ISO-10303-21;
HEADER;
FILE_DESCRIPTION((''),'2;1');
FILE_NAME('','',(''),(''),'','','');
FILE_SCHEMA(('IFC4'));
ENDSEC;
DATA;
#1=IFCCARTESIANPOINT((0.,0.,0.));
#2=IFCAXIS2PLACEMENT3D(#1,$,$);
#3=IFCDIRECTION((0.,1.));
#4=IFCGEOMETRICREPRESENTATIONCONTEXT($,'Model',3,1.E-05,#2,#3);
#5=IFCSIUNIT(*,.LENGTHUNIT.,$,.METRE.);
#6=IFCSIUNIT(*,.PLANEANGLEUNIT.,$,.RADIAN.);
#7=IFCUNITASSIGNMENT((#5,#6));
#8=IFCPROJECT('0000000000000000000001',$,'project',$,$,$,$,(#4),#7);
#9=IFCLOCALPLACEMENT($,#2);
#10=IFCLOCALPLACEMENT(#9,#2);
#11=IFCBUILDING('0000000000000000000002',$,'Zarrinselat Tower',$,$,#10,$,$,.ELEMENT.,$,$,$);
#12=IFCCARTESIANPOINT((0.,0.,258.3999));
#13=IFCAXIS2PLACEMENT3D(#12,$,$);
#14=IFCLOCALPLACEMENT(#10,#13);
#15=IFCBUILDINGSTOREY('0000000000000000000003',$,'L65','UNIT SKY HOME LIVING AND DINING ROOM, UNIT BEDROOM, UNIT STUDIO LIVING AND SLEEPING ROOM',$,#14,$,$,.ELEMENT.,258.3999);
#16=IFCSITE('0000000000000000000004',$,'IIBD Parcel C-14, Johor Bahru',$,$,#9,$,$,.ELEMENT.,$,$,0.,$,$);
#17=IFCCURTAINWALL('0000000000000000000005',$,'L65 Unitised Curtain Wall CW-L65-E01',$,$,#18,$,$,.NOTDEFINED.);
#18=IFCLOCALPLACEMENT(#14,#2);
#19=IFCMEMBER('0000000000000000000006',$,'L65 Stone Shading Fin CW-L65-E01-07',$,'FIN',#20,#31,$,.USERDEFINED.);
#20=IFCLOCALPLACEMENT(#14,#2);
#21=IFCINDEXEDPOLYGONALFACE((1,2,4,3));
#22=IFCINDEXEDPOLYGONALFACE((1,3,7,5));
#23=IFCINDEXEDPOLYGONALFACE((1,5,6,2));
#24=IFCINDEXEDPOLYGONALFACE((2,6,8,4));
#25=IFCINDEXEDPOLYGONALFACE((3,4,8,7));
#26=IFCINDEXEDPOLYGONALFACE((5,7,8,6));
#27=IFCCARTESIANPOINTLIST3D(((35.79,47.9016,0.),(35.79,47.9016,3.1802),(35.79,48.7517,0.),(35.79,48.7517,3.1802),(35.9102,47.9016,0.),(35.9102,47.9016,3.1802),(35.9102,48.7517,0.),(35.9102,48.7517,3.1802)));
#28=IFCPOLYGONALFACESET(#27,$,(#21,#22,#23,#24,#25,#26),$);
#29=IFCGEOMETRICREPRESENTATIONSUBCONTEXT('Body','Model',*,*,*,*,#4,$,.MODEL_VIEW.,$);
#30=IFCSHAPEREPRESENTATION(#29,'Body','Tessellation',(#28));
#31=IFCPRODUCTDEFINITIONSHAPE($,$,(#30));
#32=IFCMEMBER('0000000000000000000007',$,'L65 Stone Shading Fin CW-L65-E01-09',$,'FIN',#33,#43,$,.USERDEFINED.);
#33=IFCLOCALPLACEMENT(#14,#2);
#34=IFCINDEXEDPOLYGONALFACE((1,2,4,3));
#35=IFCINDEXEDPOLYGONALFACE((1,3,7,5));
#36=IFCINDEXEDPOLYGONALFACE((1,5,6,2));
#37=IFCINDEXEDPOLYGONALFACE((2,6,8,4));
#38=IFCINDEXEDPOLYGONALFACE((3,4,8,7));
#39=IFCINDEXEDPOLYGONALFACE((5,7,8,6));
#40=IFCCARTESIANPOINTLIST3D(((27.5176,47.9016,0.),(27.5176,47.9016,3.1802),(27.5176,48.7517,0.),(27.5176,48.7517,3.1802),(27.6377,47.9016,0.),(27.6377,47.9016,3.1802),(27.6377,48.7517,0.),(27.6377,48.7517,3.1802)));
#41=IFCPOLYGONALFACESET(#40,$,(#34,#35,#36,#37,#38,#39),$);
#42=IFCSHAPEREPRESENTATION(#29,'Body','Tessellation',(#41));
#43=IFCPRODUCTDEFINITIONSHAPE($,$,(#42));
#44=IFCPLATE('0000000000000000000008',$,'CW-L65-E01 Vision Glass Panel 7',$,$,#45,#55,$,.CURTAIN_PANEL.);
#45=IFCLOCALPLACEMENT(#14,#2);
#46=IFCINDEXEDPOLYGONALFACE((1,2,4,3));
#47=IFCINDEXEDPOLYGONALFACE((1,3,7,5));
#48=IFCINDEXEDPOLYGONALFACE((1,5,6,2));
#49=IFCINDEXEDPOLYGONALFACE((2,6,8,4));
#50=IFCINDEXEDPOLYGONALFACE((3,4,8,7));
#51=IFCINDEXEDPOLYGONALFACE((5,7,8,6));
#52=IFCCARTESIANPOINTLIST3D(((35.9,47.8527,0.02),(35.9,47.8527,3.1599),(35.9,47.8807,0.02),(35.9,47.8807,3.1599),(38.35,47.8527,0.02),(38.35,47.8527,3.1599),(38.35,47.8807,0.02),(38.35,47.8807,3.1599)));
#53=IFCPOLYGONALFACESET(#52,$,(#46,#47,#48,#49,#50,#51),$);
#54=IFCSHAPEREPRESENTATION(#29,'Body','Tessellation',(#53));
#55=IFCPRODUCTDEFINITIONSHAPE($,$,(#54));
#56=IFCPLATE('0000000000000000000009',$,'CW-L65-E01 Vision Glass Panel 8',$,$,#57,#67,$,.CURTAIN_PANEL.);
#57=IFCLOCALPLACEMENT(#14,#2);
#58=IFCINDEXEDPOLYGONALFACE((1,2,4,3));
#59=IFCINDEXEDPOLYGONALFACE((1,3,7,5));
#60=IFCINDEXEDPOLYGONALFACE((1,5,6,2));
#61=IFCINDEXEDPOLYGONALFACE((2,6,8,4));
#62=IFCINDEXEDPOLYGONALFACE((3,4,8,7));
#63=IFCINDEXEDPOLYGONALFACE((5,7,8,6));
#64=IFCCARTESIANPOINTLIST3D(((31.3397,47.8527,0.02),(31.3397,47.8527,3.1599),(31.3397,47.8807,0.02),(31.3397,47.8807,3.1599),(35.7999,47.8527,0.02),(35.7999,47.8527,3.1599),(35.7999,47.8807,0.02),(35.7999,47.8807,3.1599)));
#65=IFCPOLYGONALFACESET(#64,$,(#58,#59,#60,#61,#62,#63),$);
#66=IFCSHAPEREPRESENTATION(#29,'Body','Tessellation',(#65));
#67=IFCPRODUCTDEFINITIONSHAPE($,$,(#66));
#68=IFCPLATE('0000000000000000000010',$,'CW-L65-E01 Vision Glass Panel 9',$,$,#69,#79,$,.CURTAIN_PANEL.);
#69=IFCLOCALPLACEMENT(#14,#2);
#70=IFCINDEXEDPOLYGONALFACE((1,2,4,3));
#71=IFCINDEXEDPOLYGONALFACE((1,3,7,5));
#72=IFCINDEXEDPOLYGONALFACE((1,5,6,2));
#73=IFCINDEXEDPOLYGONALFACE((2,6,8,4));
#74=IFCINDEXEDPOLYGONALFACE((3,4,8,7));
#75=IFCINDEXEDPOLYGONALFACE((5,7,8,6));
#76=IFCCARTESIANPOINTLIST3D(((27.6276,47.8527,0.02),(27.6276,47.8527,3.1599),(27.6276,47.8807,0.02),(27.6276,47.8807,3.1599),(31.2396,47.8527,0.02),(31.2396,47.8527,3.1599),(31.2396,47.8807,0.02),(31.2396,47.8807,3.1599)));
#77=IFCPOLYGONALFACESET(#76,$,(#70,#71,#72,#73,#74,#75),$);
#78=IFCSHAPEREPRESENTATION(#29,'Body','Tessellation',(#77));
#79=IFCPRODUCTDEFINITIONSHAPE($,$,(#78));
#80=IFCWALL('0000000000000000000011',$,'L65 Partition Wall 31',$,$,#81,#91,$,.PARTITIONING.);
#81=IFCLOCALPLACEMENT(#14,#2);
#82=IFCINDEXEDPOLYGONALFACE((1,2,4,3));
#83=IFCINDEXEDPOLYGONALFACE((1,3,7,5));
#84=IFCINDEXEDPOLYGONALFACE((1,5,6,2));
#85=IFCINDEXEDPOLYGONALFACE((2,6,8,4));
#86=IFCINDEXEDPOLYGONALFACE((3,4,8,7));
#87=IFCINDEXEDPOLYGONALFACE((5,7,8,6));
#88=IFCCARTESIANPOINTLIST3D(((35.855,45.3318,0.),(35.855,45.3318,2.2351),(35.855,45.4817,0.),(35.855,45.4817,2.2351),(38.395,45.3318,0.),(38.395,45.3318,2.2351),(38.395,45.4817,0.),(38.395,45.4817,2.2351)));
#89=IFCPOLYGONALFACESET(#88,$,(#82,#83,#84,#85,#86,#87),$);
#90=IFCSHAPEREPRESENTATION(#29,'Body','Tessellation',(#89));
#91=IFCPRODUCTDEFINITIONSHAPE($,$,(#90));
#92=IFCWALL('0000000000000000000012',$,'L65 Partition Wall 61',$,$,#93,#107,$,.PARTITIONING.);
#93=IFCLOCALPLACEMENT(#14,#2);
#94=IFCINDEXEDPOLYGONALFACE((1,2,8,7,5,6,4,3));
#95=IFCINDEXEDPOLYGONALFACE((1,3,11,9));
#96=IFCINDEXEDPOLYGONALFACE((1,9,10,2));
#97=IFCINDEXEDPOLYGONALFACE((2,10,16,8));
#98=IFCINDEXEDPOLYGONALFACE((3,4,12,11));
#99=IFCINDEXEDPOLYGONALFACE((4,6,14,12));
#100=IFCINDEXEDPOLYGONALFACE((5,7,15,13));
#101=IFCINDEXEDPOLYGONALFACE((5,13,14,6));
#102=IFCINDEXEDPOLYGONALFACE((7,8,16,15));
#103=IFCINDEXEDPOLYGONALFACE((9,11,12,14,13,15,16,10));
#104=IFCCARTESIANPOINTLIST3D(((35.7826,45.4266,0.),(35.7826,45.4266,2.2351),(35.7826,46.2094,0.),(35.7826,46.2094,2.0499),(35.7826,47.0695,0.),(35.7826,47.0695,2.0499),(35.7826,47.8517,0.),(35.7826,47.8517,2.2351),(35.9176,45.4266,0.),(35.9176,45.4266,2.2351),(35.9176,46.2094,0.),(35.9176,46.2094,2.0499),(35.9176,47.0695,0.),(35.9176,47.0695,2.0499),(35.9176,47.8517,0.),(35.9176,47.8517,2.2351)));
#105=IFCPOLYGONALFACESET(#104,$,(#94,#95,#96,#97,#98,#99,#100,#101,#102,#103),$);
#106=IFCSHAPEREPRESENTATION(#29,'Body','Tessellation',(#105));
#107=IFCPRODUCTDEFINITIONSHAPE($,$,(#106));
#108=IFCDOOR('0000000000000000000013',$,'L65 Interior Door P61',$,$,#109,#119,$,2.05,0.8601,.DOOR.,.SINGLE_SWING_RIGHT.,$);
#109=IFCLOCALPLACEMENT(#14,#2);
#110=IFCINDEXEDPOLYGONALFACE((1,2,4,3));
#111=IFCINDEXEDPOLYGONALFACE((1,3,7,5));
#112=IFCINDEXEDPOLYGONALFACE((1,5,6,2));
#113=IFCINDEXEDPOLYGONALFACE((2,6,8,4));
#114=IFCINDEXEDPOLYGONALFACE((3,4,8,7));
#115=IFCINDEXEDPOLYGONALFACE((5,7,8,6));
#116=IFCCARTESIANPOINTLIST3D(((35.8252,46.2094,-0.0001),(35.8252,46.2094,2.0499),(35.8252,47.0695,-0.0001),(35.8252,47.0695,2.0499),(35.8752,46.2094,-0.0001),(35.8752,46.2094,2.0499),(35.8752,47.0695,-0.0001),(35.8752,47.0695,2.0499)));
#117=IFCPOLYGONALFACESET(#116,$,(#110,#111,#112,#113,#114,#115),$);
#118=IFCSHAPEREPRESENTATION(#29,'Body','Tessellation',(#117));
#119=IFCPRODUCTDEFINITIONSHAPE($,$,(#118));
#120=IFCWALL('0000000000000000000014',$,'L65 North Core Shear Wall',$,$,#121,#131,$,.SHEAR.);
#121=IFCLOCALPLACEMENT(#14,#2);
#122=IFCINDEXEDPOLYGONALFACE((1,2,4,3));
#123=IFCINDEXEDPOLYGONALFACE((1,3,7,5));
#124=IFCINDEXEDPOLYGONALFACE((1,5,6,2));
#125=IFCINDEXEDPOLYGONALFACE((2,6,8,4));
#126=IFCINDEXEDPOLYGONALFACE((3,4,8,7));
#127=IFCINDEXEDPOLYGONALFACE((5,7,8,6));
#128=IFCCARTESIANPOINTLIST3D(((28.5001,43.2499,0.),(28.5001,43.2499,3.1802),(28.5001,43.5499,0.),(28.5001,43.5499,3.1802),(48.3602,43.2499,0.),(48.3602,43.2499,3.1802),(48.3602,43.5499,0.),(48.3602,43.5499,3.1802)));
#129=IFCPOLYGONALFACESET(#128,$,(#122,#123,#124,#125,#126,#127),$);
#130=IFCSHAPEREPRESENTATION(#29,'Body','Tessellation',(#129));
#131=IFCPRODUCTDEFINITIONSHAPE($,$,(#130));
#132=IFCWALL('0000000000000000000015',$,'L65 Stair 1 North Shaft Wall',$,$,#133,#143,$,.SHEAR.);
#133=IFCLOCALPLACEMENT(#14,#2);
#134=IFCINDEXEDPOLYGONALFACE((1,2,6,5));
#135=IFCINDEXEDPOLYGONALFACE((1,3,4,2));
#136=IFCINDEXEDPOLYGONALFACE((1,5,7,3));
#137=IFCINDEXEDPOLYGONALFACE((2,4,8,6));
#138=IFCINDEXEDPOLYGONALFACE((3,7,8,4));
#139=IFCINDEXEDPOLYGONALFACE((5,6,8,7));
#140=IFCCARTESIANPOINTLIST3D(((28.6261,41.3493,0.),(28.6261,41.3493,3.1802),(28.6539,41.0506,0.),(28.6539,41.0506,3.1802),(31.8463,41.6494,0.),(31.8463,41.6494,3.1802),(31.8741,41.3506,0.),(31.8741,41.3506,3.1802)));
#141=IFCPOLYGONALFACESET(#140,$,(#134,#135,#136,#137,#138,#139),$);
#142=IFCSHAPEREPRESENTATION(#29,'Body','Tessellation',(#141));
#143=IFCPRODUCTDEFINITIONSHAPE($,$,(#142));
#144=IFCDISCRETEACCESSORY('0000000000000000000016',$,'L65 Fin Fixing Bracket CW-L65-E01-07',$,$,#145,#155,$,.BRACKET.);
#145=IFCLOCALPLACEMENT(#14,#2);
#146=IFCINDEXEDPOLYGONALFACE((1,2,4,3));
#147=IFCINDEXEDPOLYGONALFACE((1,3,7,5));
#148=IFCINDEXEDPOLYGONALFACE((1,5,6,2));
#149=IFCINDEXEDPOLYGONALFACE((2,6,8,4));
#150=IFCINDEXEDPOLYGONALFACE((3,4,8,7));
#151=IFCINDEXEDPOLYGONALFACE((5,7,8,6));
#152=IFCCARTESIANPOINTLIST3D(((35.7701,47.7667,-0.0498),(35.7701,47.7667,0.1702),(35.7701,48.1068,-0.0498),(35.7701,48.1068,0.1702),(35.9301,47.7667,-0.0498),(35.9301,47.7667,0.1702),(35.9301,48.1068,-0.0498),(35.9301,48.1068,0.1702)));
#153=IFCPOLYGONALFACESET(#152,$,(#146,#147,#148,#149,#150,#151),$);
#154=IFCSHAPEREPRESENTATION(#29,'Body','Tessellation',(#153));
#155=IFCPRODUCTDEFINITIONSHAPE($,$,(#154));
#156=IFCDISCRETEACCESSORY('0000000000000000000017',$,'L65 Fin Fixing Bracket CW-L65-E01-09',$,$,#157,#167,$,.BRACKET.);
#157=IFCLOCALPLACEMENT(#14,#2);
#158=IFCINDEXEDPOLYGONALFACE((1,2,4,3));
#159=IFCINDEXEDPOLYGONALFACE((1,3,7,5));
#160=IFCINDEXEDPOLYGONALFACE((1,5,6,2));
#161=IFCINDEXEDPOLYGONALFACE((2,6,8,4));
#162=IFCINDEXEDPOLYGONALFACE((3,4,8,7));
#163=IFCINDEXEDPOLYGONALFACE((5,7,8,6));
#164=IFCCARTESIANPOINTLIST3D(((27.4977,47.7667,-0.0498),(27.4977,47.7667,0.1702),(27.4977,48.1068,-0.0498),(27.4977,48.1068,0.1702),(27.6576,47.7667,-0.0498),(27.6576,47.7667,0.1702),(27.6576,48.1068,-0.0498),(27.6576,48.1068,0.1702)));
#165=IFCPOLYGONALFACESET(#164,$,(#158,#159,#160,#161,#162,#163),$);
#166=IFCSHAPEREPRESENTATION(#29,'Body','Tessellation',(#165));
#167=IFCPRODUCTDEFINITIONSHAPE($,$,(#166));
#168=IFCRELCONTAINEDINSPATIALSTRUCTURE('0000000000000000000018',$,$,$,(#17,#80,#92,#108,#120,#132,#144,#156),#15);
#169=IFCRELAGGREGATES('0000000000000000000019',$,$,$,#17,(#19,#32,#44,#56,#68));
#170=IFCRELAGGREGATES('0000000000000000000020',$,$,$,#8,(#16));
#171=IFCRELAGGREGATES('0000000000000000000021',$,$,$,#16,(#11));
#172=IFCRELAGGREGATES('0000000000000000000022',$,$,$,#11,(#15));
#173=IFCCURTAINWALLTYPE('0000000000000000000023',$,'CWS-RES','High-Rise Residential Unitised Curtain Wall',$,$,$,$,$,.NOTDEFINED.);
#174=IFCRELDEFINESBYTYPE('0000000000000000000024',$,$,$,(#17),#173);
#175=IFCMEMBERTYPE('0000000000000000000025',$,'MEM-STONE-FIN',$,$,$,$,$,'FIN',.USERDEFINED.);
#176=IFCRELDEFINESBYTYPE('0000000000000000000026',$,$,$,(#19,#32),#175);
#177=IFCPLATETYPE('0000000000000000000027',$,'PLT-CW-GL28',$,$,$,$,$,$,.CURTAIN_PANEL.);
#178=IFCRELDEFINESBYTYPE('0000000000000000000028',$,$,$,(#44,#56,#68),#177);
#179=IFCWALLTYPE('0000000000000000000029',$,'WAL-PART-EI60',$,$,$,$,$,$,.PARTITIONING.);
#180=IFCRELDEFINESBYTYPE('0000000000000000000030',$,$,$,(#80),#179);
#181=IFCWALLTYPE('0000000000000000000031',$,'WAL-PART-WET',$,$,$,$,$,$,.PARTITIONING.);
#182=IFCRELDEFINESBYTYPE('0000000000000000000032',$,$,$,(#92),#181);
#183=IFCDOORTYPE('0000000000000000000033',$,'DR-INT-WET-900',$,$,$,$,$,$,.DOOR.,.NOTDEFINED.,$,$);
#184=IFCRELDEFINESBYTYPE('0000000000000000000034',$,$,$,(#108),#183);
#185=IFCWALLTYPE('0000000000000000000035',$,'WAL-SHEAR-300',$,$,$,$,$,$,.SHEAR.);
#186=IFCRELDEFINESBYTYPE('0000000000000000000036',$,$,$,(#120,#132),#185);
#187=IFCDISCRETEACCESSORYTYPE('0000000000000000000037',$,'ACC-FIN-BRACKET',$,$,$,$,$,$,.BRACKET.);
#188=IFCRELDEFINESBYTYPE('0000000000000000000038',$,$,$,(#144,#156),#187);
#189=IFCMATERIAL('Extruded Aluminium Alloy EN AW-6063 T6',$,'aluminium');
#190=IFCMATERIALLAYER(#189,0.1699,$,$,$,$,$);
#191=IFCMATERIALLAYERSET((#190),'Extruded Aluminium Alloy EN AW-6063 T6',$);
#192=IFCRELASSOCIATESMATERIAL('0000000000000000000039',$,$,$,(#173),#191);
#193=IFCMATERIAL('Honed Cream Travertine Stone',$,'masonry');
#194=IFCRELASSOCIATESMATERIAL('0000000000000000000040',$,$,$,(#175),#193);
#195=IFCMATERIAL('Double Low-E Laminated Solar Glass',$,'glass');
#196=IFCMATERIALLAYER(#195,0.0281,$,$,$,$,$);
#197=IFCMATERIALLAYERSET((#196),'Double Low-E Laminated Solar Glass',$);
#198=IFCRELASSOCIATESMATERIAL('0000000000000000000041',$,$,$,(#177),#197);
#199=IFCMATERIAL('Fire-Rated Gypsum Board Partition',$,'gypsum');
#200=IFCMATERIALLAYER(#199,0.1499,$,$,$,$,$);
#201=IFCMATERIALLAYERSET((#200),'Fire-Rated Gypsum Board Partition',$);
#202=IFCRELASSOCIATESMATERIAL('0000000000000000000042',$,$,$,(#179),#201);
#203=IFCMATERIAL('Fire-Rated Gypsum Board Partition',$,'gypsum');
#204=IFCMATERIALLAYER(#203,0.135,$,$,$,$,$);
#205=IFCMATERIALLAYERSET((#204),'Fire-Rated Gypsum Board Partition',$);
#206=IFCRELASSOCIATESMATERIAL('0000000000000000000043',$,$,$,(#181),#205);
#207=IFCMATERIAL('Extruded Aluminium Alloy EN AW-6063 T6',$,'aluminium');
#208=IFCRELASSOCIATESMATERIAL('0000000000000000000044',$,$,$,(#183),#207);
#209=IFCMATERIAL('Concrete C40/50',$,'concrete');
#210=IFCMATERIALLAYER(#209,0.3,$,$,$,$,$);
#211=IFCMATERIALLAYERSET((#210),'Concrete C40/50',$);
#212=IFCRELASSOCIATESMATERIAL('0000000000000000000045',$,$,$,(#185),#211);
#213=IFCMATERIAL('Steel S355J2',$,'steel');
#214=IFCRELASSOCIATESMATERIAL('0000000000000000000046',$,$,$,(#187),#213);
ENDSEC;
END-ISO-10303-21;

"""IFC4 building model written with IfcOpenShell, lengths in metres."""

from ifc_helpers import new_model, si_unit, direction, frame, frame_2d, origin, origin_2d, place, context, subcontext, project, spatial, rectangle, extrude, material, layer, layer_set, material_profile, profile_set, type_object, element, fill, aggregate, save


model = new_model("IFC4")

# Units and contexts
model_context = context("Model", 3, precision=1e-05, world=origin(), true_north=direction((0.0, 1.0)))
body_context = subcontext(model_context, "Body", "Model", "MODEL_VIEW")
ifc_project = project(units=[si_unit("LENGTHUNIT", "METRE"), si_unit("PLANEANGLEUNIT", "RADIAN")], contexts=[model_context])

# Site, building, storey
site_placement = place(None, origin())
site = spatial("IfcSite", under=ifc_project, at=site_placement, Name="IIBD Parcel C-14, Johor Bahru", CompositionType="ELEMENT", RefElevation=0.0)
building_placement = place(site_placement, origin())
building = spatial("IfcBuilding", under=site, at=building_placement, Name="Zarrinselat Tower", CompositionType="ELEMENT")
storey_placement = place(building_placement, frame((0.0, 0.0, 258.3999)))
storey = spatial("IfcBuildingStorey", under=building, at=storey_placement, Name="L65", Description="UNIT SKY HOME LIVING AND DINING ROOM, UNIT BEDROOM, UNIT STUDIO LIVING AND SLEEPING ROOM", CompositionType="ELEMENT", Elevation=258.3999)

# Curtain wall, members, plates
ifc_material_1 = material(Name="Extruded Aluminium Alloy EN AW-6063 T6", Category="aluminium")
ifc_layer_1 = layer(ifc_material_1, 0.1699)
ifc_layer_set_1 = layer_set([ifc_layer_1], Name="Extruded Aluminium Alloy EN AW-6063 T6")
curtain_wall_type = type_object("IfcCurtainWallType", Name="CWS-RES", Description="High-Rise Residential Unitised Curtain Wall", PredefinedType="NOTDEFINED", material=ifc_layer_set_1)
curtain_wall_placement = place(storey_placement, origin())
curtain_wall = element("IfcCurtainWall", 1, at=curtain_wall_placement, inside=storey, type_object=curtain_wall_type, Name="L65 Unitised Curtain Wall CW-L65-E01", PredefinedType="NOTDEFINED")
ifc_material_2 = material(Name="Honed Cream Travertine Stone", Category="masonry")
ifc_material_profile_1 = material_profile(ifc_material_2, rectangle(XDim=0.1201, YDim=0.8501, at=origin_2d()), Name="FIN 850x120")
ifc_profile_set_1 = profile_set([ifc_material_profile_1], Name="Honed Cream Travertine Stone")
member_type_1 = type_object("IfcMemberType", Name="MEM-STONE-FIN", ElementType="FIN", PredefinedType="USERDEFINED", material=ifc_profile_set_1)
member_1_placement = place(storey_placement, frame((35.8501, 48.3267, 0.0), z_axis=(0.0, 0.0, 1.0), x_axis=(1.0, 0.0, 0.0)))
member_1 = element("IfcMember", 2, at=member_1_placement, type_object=member_type_1, Name="L65 Stone Shading Fin CW-L65-E01-07", ObjectType="FIN", PredefinedType="USERDEFINED", context=body_context, shape_type="SweptSolid", body=[
    extrude(rectangle(XDim=0.1201, YDim=0.8501, at=origin_2d()), origin(), (0.0, 0.0, 1.0), 3.1802),
])
member_2_placement = place(storey_placement, frame((27.5776, 48.3267, 0.0), z_axis=(0.0, 0.0, 1.0), x_axis=(1.0, 0.0, 0.0)))
member_2 = element("IfcMember", 3, at=member_2_placement, type_object=member_type_1, Name="L65 Stone Shading Fin CW-L65-E01-09", ObjectType="FIN", PredefinedType="USERDEFINED", context=body_context, shape_type="SweptSolid", body=[
    extrude(rectangle(XDim=0.1201, YDim=0.8501, at=origin_2d()), origin(), (0.0, 0.0, 1.0), 3.1802),
])
ifc_material_3 = material(Name="Double Low-E Laminated Solar Glass", Category="glass")
ifc_layer_2 = layer(ifc_material_3, 0.0281)
ifc_layer_set_2 = layer_set([ifc_layer_2], Name="Double Low-E Laminated Solar Glass")
plate_type = type_object("IfcPlateType", Name="PLT-CW-GL28", PredefinedType="CURTAIN_PANEL", material=ifc_layer_set_2)
plate_1_placement = place(storey_placement, frame((37.125, 47.8667, 0.02), z_axis=(0.0, 0.0, 1.0), x_axis=(-1.0, 0.0, 0.0)))
plate_1 = element("IfcPlate", 4, at=plate_1_placement, type_object=plate_type, Name="CW-L65-E01 Vision Glass Panel 7", PredefinedType="CURTAIN_PANEL", context=body_context, shape_type="SweptSolid", body=[
    extrude(rectangle(XDim=2.45, YDim=0.0281, at=origin_2d()), origin(), (0.0, 0.0, 1.0), 3.1399),
])
plate_2_placement = place(storey_placement, frame((33.5698, 47.8667, 0.02), z_axis=(0.0, 0.0, 1.0), x_axis=(-1.0, 0.0, 0.0)))
plate_2 = element("IfcPlate", 5, at=plate_2_placement, type_object=plate_type, Name="CW-L65-E01 Vision Glass Panel 8", PredefinedType="CURTAIN_PANEL", context=body_context, shape_type="SweptSolid", body=[
    extrude(rectangle(XDim=4.4602, YDim=0.0281, at=origin_2d()), origin(), (0.0, 0.0, 1.0), 3.1399),
])
plate_3_placement = place(storey_placement, frame((29.4336, 47.8667, 0.02), z_axis=(0.0, 0.0, 1.0), x_axis=(-1.0, 0.0, 0.0)))
plate_3 = element("IfcPlate", 6, at=plate_3_placement, type_object=plate_type, Name="CW-L65-E01 Vision Glass Panel 9", PredefinedType="CURTAIN_PANEL", context=body_context, shape_type="SweptSolid", body=[
    extrude(rectangle(XDim=3.6121, YDim=0.0281, at=origin_2d()), origin(), (0.0, 0.0, 1.0), 3.1399),
])
aggregate(curtain_wall, [member_1, member_2, plate_1, plate_2, plate_3])

# Wall
ifc_material_4 = material(Name="Fire-Rated Gypsum Board Partition", Category="gypsum")
ifc_layer_3 = layer(ifc_material_4, 0.1499)
ifc_layer_set_3 = layer_set([ifc_layer_3], Name="Fire-Rated Gypsum Board Partition")
wall_type_1 = type_object("IfcWallType", Name="WAL-PART-EI60", PredefinedType="PARTITIONING", material=ifc_layer_set_3)
wall_1_placement = place(storey_placement, frame((35.855, 45.4067, 0.0), z_axis=(0.0, 0.0, 1.0), x_axis=(1.0, 0.0, 0.0)))
element("IfcWall", 7, at=wall_1_placement, inside=storey, type_object=wall_type_1, Name="L65 Partition Wall 31", PredefinedType="PARTITIONING", context=body_context, shape_type="SweptSolid", body=[
    extrude(rectangle(XDim=2.54, YDim=0.1499, at=frame_2d((1.27, 0.0))), origin(), (0.0, 0.0, 1.0), 2.2351),
])

# Wall, opening, door
ifc_material_5 = material(Name="Fire-Rated Gypsum Board Partition", Category="gypsum")
ifc_layer_4 = layer(ifc_material_5, 0.135)
ifc_layer_set_4 = layer_set([ifc_layer_4], Name="Fire-Rated Gypsum Board Partition")
wall_type_2 = type_object("IfcWallType", Name="WAL-PART-WET", PredefinedType="PARTITIONING", material=ifc_layer_set_4)
wall_2_placement = place(storey_placement, frame((35.8501, 45.4268, 0.0), z_axis=(0.0, 0.0, 1.0), x_axis=(0.0, 1.0, 0.0)))
wall_2 = element("IfcWall", 8, at=wall_2_placement, inside=storey, type_object=wall_type_2, Name="L65 Partition Wall 61", PredefinedType="PARTITIONING", context=body_context, shape_type="SweptSolid", body=[
    extrude(rectangle(XDim=2.425, YDim=0.135, at=frame_2d((1.2124, 0.0))), origin(), (0.0, 0.0, 1.0), 2.2351),
])
opening_placement = place(wall_2_placement, frame((0.7825, 0.0, 0.0)))
opening = element("IfcOpeningElement", 9, at=opening_placement, cuts=wall_2, PredefinedType="OPENING", context=body_context, shape_type="SweptSolid", body=[
    extrude(rectangle(XDim=0.8601, YDim=2.05, at=frame_2d((0.4302, 1.0249))), frame((0.0, 0.0774, 0.0), z_axis=(0.0, -1.0, 0.0), x_axis=(1.0, 0.0, 0.0)), (0.0, 0.0, 1.0), 0.155),
])
ifc_material_6 = material(Name="Extruded Aluminium Alloy EN AW-6063 T6", Category="aluminium")
door_type = type_object("IfcDoorType", Name="DR-INT-WET-900", OperationType="NOTDEFINED", PredefinedType="DOOR", material=ifc_material_6)
door_placement = place(opening_placement, origin())
door = element("IfcDoor", 10, at=door_placement, inside=storey, type_object=door_type, Name="L65 Interior Door P61", OperationType="SINGLE_SWING_RIGHT", OverallHeight=2.05, OverallWidth=0.8601, PredefinedType="DOOR", context=body_context, shape_type="SweptSolid", body=[
    extrude(rectangle(XDim=0.8601, YDim=2.05, at=frame_2d((0.4302, 1.0249))), frame((0.0, 0.0249, 0.0), z_axis=(0.0, -1.0, 0.0), x_axis=(1.0, 0.0, 0.0)), (0.0, 0.0, 1.0), 0.05),
])
fill(opening, door)

# Walls
ifc_material_7 = material(Name="Concrete C40/50", Category="concrete")
ifc_layer_5 = layer(ifc_material_7, 0.3)
ifc_layer_set_5 = layer_set([ifc_layer_5], Name="Concrete C40/50")
wall_type_3 = type_object("IfcWallType", Name="WAL-SHEAR-300", PredefinedType="SHEAR", material=ifc_layer_set_5)
wall_3_placement = place(storey_placement, frame((28.5, 43.3999, 0.0), z_axis=(0.0, 0.0, 1.0), x_axis=(1.0, 0.0, 0.0)))
element("IfcWall", 11, at=wall_3_placement, inside=storey, type_object=wall_type_3, Name="L65 North Core Shear Wall", PredefinedType="SHEAR", context=body_context, shape_type="SweptSolid", body=[
    extrude(rectangle(XDim=19.8601, YDim=0.3, at=frame_2d((9.9302, 0.0))), origin(), (0.0, 0.0, 1.0), 3.1802),
])
wall_4_placement = place(storey_placement, frame((28.6399, 41.2, 0.0), z_axis=(0.0, 0.0, 1.0), x_axis=(0.995687, 0.092775, 0.0)))
element("IfcWall", 12, at=wall_4_placement, inside=storey, type_object=wall_type_3, Name="L65 Stair 1 North Shaft Wall", PredefinedType="SHEAR", context=body_context, shape_type="SweptSolid", body=[
    extrude(rectangle(XDim=3.2341, YDim=0.3, at=frame_2d((1.6172, 0.0))), origin(), (0.0, 0.0, 1.0), 3.1802),
])

# Discrete accessories
ifc_material_8 = material(Name="Steel S355J2", Category="steel")
discrete_accessory_type = type_object("IfcDiscreteAccessoryType", Name="ACC-FIN-BRACKET", PredefinedType="BRACKET", material=ifc_material_8)
for number, where, z_axis, x_axis, name in (
    (13, (35.8501, 47.9368, -0.0498), (0.0, 0.0, 1.0), (0.0, 1.0, 0.0), "L65 Fin Fixing Bracket CW-L65-E01-07"),
    (14, (27.5776, 47.9368, -0.0498), (0.0, 0.0, 1.0), (0.0, 1.0, 0.0), "L65 Fin Fixing Bracket CW-L65-E01-09"),
):
    element("IfcDiscreteAccessory", number, at=place(storey_placement, frame(where, z_axis=z_axis, x_axis=x_axis)), inside=storey, type_object=discrete_accessory_type, Name=name, PredefinedType="BRACKET", context=body_context, shape_type="SweptSolid", body=[
        extrude(rectangle(XDim=0.3401, YDim=0.1599, at=origin_2d()), origin(), (0.0, 0.0, 1.0), 0.22),
    ])

save(model, "model.ifc")
